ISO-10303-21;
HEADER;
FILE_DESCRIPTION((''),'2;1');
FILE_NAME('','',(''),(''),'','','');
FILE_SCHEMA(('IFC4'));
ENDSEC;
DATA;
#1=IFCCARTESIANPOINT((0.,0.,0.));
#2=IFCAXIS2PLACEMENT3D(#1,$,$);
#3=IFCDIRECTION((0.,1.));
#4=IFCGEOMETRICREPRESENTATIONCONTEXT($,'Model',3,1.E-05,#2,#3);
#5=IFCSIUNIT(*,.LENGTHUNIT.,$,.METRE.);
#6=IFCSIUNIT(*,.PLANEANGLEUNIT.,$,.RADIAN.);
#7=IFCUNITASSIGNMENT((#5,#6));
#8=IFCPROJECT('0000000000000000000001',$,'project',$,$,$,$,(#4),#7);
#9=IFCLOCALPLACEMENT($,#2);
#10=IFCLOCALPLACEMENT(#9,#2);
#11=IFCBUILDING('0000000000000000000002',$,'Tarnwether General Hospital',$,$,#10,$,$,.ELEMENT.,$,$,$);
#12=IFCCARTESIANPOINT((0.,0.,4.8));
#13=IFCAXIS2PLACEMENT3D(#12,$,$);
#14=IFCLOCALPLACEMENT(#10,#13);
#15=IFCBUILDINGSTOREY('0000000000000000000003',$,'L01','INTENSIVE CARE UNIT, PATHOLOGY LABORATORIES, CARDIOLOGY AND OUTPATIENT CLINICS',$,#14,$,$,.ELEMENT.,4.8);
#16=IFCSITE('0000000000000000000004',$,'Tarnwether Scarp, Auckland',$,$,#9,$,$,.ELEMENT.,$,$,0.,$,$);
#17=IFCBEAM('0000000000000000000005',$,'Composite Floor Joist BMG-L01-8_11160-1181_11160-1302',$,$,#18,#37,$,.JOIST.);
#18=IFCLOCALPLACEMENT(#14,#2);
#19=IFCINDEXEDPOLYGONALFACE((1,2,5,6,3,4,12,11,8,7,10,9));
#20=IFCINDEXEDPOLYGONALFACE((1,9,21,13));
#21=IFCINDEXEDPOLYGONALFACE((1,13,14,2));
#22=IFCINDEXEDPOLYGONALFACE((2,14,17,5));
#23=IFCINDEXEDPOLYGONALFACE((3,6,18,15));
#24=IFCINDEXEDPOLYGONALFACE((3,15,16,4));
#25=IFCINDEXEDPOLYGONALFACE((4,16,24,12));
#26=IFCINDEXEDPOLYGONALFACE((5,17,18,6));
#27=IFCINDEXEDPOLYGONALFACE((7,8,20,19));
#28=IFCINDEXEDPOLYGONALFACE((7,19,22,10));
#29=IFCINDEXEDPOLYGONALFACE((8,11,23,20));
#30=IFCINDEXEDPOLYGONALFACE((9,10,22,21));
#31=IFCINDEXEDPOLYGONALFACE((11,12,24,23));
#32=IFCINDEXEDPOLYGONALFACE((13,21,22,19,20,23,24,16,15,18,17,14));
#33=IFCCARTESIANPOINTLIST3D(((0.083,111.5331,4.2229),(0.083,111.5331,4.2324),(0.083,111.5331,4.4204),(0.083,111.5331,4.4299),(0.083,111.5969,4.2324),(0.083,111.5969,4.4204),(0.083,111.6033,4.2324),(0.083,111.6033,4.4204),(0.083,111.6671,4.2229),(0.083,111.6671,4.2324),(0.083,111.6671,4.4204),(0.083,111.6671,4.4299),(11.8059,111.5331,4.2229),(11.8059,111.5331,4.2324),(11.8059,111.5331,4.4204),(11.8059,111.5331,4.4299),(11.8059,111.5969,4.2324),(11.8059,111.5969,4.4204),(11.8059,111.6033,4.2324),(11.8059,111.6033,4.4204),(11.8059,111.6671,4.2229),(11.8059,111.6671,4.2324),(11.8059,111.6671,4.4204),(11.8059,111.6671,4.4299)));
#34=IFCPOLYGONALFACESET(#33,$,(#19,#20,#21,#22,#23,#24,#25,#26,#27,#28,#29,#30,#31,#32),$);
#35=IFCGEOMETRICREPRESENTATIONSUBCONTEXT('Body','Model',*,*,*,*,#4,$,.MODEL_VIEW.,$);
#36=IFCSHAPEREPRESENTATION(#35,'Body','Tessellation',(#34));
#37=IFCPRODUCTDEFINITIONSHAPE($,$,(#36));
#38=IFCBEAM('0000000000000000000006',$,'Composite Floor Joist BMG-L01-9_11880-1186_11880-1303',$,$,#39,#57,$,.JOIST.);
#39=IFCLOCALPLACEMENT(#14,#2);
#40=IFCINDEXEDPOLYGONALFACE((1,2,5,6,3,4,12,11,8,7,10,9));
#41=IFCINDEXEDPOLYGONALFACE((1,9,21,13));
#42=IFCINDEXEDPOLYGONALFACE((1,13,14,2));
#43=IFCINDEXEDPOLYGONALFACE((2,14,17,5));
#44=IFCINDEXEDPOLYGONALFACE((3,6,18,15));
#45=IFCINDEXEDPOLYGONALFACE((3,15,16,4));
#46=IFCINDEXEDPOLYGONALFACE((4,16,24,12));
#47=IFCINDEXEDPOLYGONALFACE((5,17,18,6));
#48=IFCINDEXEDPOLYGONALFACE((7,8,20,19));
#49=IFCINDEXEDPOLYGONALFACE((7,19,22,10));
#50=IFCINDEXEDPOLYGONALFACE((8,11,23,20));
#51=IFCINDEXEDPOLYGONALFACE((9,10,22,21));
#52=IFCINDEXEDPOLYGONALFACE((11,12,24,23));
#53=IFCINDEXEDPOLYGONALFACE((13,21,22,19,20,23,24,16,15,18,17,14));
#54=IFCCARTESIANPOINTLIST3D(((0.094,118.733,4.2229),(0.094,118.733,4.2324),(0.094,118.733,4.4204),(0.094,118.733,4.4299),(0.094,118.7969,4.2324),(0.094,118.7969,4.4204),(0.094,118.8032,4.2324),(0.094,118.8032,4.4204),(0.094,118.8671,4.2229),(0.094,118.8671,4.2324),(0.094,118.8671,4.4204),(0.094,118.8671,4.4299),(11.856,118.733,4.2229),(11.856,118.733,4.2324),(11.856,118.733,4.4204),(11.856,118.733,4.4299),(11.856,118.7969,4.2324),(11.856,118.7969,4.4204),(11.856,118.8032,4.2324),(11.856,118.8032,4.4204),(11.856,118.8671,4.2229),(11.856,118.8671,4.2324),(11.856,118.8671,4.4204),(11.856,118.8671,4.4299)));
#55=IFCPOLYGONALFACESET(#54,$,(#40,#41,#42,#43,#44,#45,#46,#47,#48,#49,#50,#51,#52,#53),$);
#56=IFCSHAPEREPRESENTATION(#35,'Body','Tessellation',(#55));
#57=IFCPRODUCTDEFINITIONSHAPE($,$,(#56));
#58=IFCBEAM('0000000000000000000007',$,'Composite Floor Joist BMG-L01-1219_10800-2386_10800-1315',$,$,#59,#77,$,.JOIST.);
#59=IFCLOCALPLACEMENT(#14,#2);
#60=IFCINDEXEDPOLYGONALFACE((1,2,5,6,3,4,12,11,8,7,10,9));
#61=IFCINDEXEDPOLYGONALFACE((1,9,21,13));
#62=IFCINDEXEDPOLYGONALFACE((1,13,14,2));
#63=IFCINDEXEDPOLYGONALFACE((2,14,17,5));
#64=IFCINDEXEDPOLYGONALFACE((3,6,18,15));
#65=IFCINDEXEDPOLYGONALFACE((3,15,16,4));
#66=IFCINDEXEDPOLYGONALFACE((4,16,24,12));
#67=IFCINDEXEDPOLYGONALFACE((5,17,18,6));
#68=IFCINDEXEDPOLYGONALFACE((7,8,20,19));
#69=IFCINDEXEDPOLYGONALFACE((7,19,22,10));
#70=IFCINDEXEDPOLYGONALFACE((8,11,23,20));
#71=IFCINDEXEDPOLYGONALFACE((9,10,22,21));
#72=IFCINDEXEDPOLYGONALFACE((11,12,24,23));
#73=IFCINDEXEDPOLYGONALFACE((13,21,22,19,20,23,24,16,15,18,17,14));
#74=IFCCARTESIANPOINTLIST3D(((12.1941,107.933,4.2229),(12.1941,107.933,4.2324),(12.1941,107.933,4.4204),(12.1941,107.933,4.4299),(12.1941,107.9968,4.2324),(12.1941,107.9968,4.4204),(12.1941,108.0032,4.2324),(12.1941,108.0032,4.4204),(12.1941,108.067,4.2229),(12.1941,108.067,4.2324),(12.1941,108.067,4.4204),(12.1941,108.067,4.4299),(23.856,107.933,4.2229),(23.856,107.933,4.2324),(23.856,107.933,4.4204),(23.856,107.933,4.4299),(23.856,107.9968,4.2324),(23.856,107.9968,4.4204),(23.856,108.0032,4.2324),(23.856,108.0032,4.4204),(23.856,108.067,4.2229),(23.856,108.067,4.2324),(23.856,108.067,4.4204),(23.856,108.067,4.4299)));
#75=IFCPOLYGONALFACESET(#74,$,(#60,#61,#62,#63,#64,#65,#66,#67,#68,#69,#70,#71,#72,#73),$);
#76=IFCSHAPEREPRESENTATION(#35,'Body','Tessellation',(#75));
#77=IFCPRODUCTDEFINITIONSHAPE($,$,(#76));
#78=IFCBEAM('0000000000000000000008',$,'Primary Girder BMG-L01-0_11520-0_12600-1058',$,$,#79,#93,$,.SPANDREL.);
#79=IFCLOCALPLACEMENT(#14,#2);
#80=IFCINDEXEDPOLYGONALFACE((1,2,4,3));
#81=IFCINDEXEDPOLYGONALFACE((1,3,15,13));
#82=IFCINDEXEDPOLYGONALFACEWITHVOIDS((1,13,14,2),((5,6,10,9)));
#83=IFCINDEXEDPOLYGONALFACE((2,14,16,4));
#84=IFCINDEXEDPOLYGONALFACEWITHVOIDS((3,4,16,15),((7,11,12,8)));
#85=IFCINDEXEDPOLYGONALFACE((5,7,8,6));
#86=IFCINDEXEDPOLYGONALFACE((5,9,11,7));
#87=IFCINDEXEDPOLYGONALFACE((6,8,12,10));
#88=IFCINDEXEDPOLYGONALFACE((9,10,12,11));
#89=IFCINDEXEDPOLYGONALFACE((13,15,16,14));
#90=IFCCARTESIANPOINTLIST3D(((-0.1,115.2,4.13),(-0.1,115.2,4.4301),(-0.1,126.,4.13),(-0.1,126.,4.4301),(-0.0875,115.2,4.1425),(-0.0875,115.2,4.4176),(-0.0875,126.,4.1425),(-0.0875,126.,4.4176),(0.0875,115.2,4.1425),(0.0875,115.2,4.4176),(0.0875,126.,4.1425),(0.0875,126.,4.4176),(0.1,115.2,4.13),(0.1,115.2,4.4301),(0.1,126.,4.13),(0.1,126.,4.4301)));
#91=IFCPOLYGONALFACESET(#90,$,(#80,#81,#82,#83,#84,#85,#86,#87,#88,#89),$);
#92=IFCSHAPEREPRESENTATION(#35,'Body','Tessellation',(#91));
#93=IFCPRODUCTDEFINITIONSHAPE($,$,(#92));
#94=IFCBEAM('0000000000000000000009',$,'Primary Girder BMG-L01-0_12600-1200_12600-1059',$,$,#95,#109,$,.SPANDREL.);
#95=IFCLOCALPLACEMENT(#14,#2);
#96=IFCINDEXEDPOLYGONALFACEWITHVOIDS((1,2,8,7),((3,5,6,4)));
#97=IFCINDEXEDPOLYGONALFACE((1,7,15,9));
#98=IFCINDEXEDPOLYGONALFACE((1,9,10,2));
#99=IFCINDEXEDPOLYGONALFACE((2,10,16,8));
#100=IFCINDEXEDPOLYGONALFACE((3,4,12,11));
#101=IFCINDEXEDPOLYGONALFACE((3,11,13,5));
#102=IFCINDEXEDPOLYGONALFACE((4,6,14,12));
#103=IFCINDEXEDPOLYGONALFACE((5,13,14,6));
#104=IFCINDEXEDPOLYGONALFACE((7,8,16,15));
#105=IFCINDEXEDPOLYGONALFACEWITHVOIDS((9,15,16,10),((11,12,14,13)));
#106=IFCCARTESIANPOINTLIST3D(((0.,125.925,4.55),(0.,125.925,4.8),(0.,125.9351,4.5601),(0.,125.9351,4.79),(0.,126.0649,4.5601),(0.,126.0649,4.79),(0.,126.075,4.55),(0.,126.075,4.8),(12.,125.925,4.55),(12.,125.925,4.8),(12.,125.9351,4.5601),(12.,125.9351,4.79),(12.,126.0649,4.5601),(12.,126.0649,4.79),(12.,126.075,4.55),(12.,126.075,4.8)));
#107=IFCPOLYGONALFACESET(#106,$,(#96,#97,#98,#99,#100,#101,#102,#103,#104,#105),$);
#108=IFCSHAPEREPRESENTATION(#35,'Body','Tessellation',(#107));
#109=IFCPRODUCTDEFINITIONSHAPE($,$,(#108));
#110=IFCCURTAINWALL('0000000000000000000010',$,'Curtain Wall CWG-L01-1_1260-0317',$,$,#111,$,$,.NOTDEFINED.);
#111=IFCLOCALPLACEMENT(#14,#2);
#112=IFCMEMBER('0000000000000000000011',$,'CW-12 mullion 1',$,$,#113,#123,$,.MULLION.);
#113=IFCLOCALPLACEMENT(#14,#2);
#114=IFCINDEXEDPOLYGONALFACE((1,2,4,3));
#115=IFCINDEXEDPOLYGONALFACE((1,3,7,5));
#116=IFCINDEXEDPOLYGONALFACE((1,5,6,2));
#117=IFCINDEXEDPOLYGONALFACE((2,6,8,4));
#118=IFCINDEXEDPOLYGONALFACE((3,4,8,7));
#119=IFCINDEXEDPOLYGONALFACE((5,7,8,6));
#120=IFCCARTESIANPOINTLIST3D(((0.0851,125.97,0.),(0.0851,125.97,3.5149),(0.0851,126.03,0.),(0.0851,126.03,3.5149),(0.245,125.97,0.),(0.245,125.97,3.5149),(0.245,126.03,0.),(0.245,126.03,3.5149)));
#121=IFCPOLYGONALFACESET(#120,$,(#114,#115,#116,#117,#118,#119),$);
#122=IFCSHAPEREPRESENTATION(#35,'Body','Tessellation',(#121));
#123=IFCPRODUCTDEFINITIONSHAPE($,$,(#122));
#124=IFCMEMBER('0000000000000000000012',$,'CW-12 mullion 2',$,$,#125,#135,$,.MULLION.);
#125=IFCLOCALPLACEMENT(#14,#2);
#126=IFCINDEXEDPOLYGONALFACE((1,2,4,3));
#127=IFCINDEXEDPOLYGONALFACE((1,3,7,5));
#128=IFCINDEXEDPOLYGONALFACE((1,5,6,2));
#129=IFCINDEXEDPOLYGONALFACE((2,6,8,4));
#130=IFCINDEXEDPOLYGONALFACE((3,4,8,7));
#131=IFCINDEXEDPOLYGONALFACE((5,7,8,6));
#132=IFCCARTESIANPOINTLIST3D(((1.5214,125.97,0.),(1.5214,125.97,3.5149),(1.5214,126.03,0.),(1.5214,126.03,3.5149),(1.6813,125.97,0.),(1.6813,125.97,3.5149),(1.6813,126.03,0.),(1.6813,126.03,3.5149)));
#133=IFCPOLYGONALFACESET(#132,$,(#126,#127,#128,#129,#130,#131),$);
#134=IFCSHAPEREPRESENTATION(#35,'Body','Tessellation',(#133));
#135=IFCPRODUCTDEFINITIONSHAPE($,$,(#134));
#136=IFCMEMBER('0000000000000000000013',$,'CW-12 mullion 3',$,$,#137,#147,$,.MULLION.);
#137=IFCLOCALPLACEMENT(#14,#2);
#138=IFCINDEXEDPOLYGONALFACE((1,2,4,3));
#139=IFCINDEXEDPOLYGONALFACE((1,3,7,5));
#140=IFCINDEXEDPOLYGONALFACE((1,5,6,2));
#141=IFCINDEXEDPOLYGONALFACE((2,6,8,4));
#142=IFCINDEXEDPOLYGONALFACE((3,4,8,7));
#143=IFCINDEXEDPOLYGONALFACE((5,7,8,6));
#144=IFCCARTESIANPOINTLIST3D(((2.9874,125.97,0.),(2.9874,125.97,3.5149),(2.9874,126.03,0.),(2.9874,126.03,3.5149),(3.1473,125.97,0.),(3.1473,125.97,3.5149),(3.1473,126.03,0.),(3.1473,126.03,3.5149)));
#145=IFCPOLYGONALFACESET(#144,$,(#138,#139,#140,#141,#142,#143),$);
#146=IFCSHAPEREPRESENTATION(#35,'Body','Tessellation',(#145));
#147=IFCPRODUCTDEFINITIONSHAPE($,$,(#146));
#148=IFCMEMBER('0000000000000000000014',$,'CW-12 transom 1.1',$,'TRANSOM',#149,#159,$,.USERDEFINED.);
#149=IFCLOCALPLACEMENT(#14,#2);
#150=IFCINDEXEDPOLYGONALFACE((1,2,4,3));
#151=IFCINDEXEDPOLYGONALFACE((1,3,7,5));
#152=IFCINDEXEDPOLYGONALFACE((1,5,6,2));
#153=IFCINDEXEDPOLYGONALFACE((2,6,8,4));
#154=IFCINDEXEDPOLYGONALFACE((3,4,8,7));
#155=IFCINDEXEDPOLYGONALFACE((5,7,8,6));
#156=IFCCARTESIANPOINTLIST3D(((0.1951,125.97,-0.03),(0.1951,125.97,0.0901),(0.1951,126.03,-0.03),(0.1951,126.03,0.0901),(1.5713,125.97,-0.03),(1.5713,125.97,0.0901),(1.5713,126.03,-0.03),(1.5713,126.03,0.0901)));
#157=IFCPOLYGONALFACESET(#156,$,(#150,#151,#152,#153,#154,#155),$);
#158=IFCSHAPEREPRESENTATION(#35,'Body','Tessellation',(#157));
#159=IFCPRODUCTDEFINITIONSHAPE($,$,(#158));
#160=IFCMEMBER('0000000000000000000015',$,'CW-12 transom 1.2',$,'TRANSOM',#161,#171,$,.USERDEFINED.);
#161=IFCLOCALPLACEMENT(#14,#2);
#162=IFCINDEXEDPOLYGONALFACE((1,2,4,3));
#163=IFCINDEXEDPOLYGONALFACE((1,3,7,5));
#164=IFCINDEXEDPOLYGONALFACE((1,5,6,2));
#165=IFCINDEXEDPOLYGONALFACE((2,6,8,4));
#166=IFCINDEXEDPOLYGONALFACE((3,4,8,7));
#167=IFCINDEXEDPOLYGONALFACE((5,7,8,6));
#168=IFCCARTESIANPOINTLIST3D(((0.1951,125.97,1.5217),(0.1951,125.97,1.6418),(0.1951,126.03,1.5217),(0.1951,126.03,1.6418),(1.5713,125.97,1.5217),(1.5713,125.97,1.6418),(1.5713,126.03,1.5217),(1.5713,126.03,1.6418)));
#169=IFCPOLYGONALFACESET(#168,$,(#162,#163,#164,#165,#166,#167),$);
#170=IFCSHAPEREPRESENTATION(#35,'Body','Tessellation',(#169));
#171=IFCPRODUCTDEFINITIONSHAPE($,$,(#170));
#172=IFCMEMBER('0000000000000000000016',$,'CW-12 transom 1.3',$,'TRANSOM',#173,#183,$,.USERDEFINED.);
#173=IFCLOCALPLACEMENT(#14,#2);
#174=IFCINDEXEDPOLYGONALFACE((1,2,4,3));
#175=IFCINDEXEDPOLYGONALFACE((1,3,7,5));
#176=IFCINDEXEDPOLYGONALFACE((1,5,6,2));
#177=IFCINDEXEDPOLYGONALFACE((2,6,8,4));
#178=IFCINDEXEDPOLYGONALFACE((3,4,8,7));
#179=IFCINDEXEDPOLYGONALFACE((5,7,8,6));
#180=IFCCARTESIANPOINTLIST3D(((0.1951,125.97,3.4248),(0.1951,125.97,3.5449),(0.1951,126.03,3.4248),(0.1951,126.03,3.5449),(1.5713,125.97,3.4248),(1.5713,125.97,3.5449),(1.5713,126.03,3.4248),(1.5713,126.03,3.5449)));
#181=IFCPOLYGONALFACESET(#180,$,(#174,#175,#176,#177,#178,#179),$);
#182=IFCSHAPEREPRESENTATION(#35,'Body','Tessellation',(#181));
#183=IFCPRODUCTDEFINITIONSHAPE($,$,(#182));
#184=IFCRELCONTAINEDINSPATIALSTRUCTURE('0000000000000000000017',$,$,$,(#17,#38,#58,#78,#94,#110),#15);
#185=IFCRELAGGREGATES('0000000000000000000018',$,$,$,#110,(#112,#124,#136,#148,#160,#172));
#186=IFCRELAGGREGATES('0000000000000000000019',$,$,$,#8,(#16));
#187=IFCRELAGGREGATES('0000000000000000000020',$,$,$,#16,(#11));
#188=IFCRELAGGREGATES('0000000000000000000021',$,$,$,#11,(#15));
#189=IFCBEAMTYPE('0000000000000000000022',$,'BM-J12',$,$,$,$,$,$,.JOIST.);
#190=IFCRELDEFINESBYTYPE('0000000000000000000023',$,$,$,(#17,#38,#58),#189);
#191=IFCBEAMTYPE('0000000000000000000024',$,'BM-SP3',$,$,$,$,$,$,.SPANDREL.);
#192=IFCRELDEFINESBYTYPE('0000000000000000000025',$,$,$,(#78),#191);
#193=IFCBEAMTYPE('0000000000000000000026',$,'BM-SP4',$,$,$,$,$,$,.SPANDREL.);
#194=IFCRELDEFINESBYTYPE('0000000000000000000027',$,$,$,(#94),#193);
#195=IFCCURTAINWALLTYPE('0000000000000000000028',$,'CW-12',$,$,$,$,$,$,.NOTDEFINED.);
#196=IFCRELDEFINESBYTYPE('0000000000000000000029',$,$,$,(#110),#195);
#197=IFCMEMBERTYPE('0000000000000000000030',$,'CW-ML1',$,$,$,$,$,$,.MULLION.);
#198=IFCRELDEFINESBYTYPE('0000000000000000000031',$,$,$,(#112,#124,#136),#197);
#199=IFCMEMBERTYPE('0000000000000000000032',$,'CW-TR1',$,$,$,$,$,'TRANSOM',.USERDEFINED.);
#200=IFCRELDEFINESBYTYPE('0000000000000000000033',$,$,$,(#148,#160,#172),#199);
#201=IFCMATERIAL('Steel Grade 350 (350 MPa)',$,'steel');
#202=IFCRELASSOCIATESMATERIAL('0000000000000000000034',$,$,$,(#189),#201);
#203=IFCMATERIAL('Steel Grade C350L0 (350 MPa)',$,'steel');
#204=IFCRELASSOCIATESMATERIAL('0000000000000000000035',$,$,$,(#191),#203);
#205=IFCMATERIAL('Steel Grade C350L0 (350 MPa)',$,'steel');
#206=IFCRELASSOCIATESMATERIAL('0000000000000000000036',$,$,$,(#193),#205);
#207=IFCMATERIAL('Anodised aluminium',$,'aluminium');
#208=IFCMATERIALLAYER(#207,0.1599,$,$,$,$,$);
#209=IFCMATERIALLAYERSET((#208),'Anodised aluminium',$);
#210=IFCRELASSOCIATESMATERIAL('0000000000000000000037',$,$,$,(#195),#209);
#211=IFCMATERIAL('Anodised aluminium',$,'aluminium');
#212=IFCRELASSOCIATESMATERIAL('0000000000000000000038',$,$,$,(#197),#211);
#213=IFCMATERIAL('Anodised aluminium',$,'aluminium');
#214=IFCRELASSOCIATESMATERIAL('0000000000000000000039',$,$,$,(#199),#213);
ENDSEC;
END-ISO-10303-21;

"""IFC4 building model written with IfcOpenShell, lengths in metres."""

from ifc_helpers import new_model, si_unit, direction, frame, origin, origin_2d, place, context, subcontext, project, spatial, rectangle, hollow_rectangle, i_section, extrude, material, layer, layer_set, material_profile, profile_set, type_object, element, aggregate, save


model = new_model("IFC4")

# Units and contexts
model_context = context("Model", 3, precision=1e-05, world=origin(), true_north=direction((0.0, 1.0)))
body_context = subcontext(model_context, "Body", "Model", "MODEL_VIEW")
ifc_project = project(units=[si_unit("LENGTHUNIT", "METRE"), si_unit("PLANEANGLEUNIT", "RADIAN")], contexts=[model_context])

# Site, building, storey
site_placement = place(None, origin())
site = spatial("IfcSite", under=ifc_project, at=site_placement, Name="Tarnwether Scarp, Auckland", CompositionType="ELEMENT", RefElevation=0.0)
building_placement = place(site_placement, origin())
building = spatial("IfcBuilding", under=site, at=building_placement, Name="Tarnwether General Hospital", CompositionType="ELEMENT")
storey_placement = place(building_placement, frame((0.0, 0.0, 4.8)))
storey = spatial("IfcBuildingStorey", under=building, at=storey_placement, Name="L01", Description="INTENSIVE CARE UNIT, PATHOLOGY LABORATORIES, CARDIOLOGY AND OUTPATIENT CLINICS", CompositionType="ELEMENT", Elevation=4.8)

# Beams
ifc_material_1 = material(Name="Steel Grade 350 (350 MPa)", Category="steel")
ifc_material_profile_1 = material_profile(ifc_material_1, i_section(OverallWidth=0.134, OverallDepth=0.207, WebThickness=0.0063, FlangeThickness=0.0095, at=origin_2d()), Name="200UB29.8")
ifc_profile_set_1 = profile_set([ifc_material_profile_1], Name="Steel Grade 350 (350 MPa)")
beam_type_1 = type_object("IfcBeamType", Name="BM-J12", PredefinedType="JOIST", material=ifc_profile_set_1)
beam_1_placement = place(storey_placement, frame((0.083, 111.6001, 4.3264), z_axis=(1.0, 0.0, 0.0), x_axis=(0.0, 1.0, 0.0)))
element("IfcBeam", 1, at=beam_1_placement, inside=storey, type_object=beam_type_1, Name="Composite Floor Joist BMG-L01-8_11160-1181_11160-1302", PredefinedType="JOIST", context=body_context, shape_type="SweptSolid", body=[
    extrude(i_section(OverallWidth=0.134, OverallDepth=0.207, WebThickness=0.0063, FlangeThickness=0.0095, at=origin_2d()), origin(), (0.0, 0.0, 1.0), 11.7229),
])
beam_2_placement = place(storey_placement, frame((0.094, 118.8, 4.3264), z_axis=(1.0, 0.0, 0.0), x_axis=(0.0, 1.0, 0.0)))
element("IfcBeam", 2, at=beam_2_placement, inside=storey, type_object=beam_type_1, Name="Composite Floor Joist BMG-L01-9_11880-1186_11880-1303", PredefinedType="JOIST", context=body_context, shape_type="SweptSolid", body=[
    extrude(i_section(OverallWidth=0.134, OverallDepth=0.207, WebThickness=0.0063, FlangeThickness=0.0095, at=origin_2d()), origin(), (0.0, 0.0, 1.0), 11.762),
])
beam_3_placement = place(storey_placement, frame((12.1941, 108.0, 4.3264), z_axis=(1.0, 0.0, 0.0), x_axis=(0.0, 1.0, 0.0)))
element("IfcBeam", 3, at=beam_3_placement, inside=storey, type_object=beam_type_1, Name="Composite Floor Joist BMG-L01-1219_10800-2386_10800-1315", PredefinedType="JOIST", context=body_context, shape_type="SweptSolid", body=[
    extrude(i_section(OverallWidth=0.134, OverallDepth=0.207, WebThickness=0.0063, FlangeThickness=0.0095, at=origin_2d()), origin(), (0.0, 0.0, 1.0), 11.6619),
])
ifc_material_2 = material(Name="Steel Grade C350L0 (350 MPa)", Category="steel")
ifc_material_profile_2 = material_profile(ifc_material_2, hollow_rectangle(XDim=0.2, YDim=0.3, WallThickness=0.0125, at=origin_2d()), Name="RHS300x200x12.5")
ifc_profile_set_2 = profile_set([ifc_material_profile_2], Name="Steel Grade C350L0 (350 MPa)")
beam_type_2 = type_object("IfcBeamType", Name="BM-SP3", PredefinedType="SPANDREL", material=ifc_profile_set_2)
beam_4_placement = place(storey_placement, frame((0.0, 115.2, 4.28), z_axis=(0.0, 1.0, 0.0), x_axis=(-1.0, 0.0, 0.0)))
element("IfcBeam", 4, at=beam_4_placement, inside=storey, type_object=beam_type_2, Name="Primary Girder BMG-L01-0_11520-0_12600-1058", PredefinedType="SPANDREL", context=body_context, shape_type="SweptSolid", body=[
    extrude(hollow_rectangle(XDim=0.2, YDim=0.3, WallThickness=0.0125, at=origin_2d()), origin(), (0.0, 0.0, 1.0), 10.8),
])
ifc_material_3 = material(Name="Steel Grade C350L0 (350 MPa)", Category="steel")
ifc_material_profile_3 = material_profile(ifc_material_3, hollow_rectangle(XDim=0.1499, YDim=0.25, WallThickness=0.01, at=origin_2d()), Name="RHS250x150x10")
ifc_profile_set_3 = profile_set([ifc_material_profile_3], Name="Steel Grade C350L0 (350 MPa)")
beam_type_3 = type_object("IfcBeamType", Name="BM-SP4", PredefinedType="SPANDREL", material=ifc_profile_set_3)
beam_5_placement = place(storey_placement, frame((0.0, 126.0, 4.675), z_axis=(1.0, 0.0, 0.0), x_axis=(0.0, 1.0, 0.0)))
element("IfcBeam", 5, at=beam_5_placement, inside=storey, type_object=beam_type_3, Name="Primary Girder BMG-L01-0_12600-1200_12600-1059", PredefinedType="SPANDREL", context=body_context, shape_type="SweptSolid", body=[
    extrude(hollow_rectangle(XDim=0.1499, YDim=0.25, WallThickness=0.01, at=origin_2d()), origin(), (0.0, 0.0, 1.0), 12.0),
])

# Curtain wall, members
ifc_material_4 = material(Name="Anodised aluminium", Category="aluminium")
ifc_layer_1 = layer(ifc_material_4, 0.1599)
ifc_layer_set_1 = layer_set([ifc_layer_1], Name="Anodised aluminium")
curtain_wall_type = type_object("IfcCurtainWallType", Name="CW-12", PredefinedType="NOTDEFINED", material=ifc_layer_set_1)
curtain_wall_placement = place(storey_placement, origin())
curtain_wall = element("IfcCurtainWall", 6, at=curtain_wall_placement, inside=storey, type_object=curtain_wall_type, Name="Curtain Wall CWG-L01-1_1260-0317", PredefinedType="NOTDEFINED")
ifc_material_5 = material(Name="Anodised aluminium", Category="aluminium")
ifc_material_profile_4 = material_profile(ifc_material_5, rectangle(XDim=0.0601, YDim=0.1599, at=origin_2d()), Name="ALU-MUL-60x160")
ifc_profile_set_4 = profile_set([ifc_material_profile_4], Name="Anodised aluminium")
member_type_1 = type_object("IfcMemberType", Name="CW-ML1", PredefinedType="MULLION", material=ifc_profile_set_4)
member_1_placement = place(storey_placement, frame((0.165, 126.0, 0.0), z_axis=(0.0, 0.0, 1.0), x_axis=(0.0, 1.0, 0.0)))
member_1 = element("IfcMember", 7, at=member_1_placement, type_object=member_type_1, Name="CW-12 mullion 1", PredefinedType="MULLION", context=body_context, shape_type="SweptSolid", body=[
    extrude(rectangle(XDim=0.0601, YDim=0.1599, at=origin_2d()), origin(), (0.0, 0.0, 1.0), 3.5149),
])
member_2_placement = place(storey_placement, frame((1.6013, 126.0, 0.0), z_axis=(0.0, 0.0, 1.0), x_axis=(0.0, 1.0, 0.0)))
member_2 = element("IfcMember", 8, at=member_2_placement, type_object=member_type_1, Name="CW-12 mullion 2", PredefinedType="MULLION", context=body_context, shape_type="SweptSolid", body=[
    extrude(rectangle(XDim=0.0601, YDim=0.1599, at=origin_2d()), origin(), (0.0, 0.0, 1.0), 3.5149),
])
member_3_placement = place(storey_placement, frame((3.0674, 126.0, 0.0), z_axis=(0.0, 0.0, 1.0), x_axis=(0.0, 1.0, 0.0)))
member_3 = element("IfcMember", 9, at=member_3_placement, type_object=member_type_1, Name="CW-12 mullion 3", PredefinedType="MULLION", context=body_context, shape_type="SweptSolid", body=[
    extrude(rectangle(XDim=0.0601, YDim=0.1599, at=origin_2d()), origin(), (0.0, 0.0, 1.0), 3.5149),
])
ifc_material_6 = material(Name="Anodised aluminium", Category="aluminium")
ifc_material_profile_5 = material_profile(ifc_material_6, rectangle(XDim=0.0601, YDim=0.1201, at=origin_2d()), Name="ALU-TRN-60x120")
ifc_profile_set_5 = profile_set([ifc_material_profile_5], Name="Anodised aluminium")
member_type_2 = type_object("IfcMemberType", Name="CW-TR1", ElementType="TRANSOM", PredefinedType="USERDEFINED", material=ifc_profile_set_5)
member_4_placement = place(storey_placement, frame((0.1951, 126.0, 0.03), z_axis=(1.0, 0.0, 0.0), x_axis=(0.0, 1.0, 0.0)))
member_4 = element("IfcMember", 10, at=member_4_placement, type_object=member_type_2, Name="CW-12 transom 1.1", ObjectType="TRANSOM", PredefinedType="USERDEFINED", context=body_context, shape_type="SweptSolid", body=[
    extrude(rectangle(XDim=0.0601, YDim=0.1201, at=origin_2d()), origin(), (0.0, 0.0, 1.0), 1.3762),
])
member_5_placement = place(storey_placement, frame((0.1951, 126.0, 1.5818), z_axis=(1.0, 0.0, 0.0), x_axis=(0.0, 1.0, 0.0)))
member_5 = element("IfcMember", 11, at=member_5_placement, type_object=member_type_2, Name="CW-12 transom 1.2", ObjectType="TRANSOM", PredefinedType="USERDEFINED", context=body_context, shape_type="SweptSolid", body=[
    extrude(rectangle(XDim=0.0601, YDim=0.1201, at=origin_2d()), origin(), (0.0, 0.0, 1.0), 1.3762),
])
member_6_placement = place(storey_placement, frame((0.1951, 126.0, 3.4849), z_axis=(1.0, 0.0, 0.0), x_axis=(0.0, 1.0, 0.0)))
member_6 = element("IfcMember", 12, at=member_6_placement, type_object=member_type_2, Name="CW-12 transom 1.3", ObjectType="TRANSOM", PredefinedType="USERDEFINED", context=body_context, shape_type="SweptSolid", body=[
    extrude(rectangle(XDim=0.0601, YDim=0.1201, at=origin_2d()), origin(), (0.0, 0.0, 1.0), 1.3762),
])
aggregate(curtain_wall, [member_1, member_2, member_3, member_4, member_5, member_6])

save(model, "model.ifc")
